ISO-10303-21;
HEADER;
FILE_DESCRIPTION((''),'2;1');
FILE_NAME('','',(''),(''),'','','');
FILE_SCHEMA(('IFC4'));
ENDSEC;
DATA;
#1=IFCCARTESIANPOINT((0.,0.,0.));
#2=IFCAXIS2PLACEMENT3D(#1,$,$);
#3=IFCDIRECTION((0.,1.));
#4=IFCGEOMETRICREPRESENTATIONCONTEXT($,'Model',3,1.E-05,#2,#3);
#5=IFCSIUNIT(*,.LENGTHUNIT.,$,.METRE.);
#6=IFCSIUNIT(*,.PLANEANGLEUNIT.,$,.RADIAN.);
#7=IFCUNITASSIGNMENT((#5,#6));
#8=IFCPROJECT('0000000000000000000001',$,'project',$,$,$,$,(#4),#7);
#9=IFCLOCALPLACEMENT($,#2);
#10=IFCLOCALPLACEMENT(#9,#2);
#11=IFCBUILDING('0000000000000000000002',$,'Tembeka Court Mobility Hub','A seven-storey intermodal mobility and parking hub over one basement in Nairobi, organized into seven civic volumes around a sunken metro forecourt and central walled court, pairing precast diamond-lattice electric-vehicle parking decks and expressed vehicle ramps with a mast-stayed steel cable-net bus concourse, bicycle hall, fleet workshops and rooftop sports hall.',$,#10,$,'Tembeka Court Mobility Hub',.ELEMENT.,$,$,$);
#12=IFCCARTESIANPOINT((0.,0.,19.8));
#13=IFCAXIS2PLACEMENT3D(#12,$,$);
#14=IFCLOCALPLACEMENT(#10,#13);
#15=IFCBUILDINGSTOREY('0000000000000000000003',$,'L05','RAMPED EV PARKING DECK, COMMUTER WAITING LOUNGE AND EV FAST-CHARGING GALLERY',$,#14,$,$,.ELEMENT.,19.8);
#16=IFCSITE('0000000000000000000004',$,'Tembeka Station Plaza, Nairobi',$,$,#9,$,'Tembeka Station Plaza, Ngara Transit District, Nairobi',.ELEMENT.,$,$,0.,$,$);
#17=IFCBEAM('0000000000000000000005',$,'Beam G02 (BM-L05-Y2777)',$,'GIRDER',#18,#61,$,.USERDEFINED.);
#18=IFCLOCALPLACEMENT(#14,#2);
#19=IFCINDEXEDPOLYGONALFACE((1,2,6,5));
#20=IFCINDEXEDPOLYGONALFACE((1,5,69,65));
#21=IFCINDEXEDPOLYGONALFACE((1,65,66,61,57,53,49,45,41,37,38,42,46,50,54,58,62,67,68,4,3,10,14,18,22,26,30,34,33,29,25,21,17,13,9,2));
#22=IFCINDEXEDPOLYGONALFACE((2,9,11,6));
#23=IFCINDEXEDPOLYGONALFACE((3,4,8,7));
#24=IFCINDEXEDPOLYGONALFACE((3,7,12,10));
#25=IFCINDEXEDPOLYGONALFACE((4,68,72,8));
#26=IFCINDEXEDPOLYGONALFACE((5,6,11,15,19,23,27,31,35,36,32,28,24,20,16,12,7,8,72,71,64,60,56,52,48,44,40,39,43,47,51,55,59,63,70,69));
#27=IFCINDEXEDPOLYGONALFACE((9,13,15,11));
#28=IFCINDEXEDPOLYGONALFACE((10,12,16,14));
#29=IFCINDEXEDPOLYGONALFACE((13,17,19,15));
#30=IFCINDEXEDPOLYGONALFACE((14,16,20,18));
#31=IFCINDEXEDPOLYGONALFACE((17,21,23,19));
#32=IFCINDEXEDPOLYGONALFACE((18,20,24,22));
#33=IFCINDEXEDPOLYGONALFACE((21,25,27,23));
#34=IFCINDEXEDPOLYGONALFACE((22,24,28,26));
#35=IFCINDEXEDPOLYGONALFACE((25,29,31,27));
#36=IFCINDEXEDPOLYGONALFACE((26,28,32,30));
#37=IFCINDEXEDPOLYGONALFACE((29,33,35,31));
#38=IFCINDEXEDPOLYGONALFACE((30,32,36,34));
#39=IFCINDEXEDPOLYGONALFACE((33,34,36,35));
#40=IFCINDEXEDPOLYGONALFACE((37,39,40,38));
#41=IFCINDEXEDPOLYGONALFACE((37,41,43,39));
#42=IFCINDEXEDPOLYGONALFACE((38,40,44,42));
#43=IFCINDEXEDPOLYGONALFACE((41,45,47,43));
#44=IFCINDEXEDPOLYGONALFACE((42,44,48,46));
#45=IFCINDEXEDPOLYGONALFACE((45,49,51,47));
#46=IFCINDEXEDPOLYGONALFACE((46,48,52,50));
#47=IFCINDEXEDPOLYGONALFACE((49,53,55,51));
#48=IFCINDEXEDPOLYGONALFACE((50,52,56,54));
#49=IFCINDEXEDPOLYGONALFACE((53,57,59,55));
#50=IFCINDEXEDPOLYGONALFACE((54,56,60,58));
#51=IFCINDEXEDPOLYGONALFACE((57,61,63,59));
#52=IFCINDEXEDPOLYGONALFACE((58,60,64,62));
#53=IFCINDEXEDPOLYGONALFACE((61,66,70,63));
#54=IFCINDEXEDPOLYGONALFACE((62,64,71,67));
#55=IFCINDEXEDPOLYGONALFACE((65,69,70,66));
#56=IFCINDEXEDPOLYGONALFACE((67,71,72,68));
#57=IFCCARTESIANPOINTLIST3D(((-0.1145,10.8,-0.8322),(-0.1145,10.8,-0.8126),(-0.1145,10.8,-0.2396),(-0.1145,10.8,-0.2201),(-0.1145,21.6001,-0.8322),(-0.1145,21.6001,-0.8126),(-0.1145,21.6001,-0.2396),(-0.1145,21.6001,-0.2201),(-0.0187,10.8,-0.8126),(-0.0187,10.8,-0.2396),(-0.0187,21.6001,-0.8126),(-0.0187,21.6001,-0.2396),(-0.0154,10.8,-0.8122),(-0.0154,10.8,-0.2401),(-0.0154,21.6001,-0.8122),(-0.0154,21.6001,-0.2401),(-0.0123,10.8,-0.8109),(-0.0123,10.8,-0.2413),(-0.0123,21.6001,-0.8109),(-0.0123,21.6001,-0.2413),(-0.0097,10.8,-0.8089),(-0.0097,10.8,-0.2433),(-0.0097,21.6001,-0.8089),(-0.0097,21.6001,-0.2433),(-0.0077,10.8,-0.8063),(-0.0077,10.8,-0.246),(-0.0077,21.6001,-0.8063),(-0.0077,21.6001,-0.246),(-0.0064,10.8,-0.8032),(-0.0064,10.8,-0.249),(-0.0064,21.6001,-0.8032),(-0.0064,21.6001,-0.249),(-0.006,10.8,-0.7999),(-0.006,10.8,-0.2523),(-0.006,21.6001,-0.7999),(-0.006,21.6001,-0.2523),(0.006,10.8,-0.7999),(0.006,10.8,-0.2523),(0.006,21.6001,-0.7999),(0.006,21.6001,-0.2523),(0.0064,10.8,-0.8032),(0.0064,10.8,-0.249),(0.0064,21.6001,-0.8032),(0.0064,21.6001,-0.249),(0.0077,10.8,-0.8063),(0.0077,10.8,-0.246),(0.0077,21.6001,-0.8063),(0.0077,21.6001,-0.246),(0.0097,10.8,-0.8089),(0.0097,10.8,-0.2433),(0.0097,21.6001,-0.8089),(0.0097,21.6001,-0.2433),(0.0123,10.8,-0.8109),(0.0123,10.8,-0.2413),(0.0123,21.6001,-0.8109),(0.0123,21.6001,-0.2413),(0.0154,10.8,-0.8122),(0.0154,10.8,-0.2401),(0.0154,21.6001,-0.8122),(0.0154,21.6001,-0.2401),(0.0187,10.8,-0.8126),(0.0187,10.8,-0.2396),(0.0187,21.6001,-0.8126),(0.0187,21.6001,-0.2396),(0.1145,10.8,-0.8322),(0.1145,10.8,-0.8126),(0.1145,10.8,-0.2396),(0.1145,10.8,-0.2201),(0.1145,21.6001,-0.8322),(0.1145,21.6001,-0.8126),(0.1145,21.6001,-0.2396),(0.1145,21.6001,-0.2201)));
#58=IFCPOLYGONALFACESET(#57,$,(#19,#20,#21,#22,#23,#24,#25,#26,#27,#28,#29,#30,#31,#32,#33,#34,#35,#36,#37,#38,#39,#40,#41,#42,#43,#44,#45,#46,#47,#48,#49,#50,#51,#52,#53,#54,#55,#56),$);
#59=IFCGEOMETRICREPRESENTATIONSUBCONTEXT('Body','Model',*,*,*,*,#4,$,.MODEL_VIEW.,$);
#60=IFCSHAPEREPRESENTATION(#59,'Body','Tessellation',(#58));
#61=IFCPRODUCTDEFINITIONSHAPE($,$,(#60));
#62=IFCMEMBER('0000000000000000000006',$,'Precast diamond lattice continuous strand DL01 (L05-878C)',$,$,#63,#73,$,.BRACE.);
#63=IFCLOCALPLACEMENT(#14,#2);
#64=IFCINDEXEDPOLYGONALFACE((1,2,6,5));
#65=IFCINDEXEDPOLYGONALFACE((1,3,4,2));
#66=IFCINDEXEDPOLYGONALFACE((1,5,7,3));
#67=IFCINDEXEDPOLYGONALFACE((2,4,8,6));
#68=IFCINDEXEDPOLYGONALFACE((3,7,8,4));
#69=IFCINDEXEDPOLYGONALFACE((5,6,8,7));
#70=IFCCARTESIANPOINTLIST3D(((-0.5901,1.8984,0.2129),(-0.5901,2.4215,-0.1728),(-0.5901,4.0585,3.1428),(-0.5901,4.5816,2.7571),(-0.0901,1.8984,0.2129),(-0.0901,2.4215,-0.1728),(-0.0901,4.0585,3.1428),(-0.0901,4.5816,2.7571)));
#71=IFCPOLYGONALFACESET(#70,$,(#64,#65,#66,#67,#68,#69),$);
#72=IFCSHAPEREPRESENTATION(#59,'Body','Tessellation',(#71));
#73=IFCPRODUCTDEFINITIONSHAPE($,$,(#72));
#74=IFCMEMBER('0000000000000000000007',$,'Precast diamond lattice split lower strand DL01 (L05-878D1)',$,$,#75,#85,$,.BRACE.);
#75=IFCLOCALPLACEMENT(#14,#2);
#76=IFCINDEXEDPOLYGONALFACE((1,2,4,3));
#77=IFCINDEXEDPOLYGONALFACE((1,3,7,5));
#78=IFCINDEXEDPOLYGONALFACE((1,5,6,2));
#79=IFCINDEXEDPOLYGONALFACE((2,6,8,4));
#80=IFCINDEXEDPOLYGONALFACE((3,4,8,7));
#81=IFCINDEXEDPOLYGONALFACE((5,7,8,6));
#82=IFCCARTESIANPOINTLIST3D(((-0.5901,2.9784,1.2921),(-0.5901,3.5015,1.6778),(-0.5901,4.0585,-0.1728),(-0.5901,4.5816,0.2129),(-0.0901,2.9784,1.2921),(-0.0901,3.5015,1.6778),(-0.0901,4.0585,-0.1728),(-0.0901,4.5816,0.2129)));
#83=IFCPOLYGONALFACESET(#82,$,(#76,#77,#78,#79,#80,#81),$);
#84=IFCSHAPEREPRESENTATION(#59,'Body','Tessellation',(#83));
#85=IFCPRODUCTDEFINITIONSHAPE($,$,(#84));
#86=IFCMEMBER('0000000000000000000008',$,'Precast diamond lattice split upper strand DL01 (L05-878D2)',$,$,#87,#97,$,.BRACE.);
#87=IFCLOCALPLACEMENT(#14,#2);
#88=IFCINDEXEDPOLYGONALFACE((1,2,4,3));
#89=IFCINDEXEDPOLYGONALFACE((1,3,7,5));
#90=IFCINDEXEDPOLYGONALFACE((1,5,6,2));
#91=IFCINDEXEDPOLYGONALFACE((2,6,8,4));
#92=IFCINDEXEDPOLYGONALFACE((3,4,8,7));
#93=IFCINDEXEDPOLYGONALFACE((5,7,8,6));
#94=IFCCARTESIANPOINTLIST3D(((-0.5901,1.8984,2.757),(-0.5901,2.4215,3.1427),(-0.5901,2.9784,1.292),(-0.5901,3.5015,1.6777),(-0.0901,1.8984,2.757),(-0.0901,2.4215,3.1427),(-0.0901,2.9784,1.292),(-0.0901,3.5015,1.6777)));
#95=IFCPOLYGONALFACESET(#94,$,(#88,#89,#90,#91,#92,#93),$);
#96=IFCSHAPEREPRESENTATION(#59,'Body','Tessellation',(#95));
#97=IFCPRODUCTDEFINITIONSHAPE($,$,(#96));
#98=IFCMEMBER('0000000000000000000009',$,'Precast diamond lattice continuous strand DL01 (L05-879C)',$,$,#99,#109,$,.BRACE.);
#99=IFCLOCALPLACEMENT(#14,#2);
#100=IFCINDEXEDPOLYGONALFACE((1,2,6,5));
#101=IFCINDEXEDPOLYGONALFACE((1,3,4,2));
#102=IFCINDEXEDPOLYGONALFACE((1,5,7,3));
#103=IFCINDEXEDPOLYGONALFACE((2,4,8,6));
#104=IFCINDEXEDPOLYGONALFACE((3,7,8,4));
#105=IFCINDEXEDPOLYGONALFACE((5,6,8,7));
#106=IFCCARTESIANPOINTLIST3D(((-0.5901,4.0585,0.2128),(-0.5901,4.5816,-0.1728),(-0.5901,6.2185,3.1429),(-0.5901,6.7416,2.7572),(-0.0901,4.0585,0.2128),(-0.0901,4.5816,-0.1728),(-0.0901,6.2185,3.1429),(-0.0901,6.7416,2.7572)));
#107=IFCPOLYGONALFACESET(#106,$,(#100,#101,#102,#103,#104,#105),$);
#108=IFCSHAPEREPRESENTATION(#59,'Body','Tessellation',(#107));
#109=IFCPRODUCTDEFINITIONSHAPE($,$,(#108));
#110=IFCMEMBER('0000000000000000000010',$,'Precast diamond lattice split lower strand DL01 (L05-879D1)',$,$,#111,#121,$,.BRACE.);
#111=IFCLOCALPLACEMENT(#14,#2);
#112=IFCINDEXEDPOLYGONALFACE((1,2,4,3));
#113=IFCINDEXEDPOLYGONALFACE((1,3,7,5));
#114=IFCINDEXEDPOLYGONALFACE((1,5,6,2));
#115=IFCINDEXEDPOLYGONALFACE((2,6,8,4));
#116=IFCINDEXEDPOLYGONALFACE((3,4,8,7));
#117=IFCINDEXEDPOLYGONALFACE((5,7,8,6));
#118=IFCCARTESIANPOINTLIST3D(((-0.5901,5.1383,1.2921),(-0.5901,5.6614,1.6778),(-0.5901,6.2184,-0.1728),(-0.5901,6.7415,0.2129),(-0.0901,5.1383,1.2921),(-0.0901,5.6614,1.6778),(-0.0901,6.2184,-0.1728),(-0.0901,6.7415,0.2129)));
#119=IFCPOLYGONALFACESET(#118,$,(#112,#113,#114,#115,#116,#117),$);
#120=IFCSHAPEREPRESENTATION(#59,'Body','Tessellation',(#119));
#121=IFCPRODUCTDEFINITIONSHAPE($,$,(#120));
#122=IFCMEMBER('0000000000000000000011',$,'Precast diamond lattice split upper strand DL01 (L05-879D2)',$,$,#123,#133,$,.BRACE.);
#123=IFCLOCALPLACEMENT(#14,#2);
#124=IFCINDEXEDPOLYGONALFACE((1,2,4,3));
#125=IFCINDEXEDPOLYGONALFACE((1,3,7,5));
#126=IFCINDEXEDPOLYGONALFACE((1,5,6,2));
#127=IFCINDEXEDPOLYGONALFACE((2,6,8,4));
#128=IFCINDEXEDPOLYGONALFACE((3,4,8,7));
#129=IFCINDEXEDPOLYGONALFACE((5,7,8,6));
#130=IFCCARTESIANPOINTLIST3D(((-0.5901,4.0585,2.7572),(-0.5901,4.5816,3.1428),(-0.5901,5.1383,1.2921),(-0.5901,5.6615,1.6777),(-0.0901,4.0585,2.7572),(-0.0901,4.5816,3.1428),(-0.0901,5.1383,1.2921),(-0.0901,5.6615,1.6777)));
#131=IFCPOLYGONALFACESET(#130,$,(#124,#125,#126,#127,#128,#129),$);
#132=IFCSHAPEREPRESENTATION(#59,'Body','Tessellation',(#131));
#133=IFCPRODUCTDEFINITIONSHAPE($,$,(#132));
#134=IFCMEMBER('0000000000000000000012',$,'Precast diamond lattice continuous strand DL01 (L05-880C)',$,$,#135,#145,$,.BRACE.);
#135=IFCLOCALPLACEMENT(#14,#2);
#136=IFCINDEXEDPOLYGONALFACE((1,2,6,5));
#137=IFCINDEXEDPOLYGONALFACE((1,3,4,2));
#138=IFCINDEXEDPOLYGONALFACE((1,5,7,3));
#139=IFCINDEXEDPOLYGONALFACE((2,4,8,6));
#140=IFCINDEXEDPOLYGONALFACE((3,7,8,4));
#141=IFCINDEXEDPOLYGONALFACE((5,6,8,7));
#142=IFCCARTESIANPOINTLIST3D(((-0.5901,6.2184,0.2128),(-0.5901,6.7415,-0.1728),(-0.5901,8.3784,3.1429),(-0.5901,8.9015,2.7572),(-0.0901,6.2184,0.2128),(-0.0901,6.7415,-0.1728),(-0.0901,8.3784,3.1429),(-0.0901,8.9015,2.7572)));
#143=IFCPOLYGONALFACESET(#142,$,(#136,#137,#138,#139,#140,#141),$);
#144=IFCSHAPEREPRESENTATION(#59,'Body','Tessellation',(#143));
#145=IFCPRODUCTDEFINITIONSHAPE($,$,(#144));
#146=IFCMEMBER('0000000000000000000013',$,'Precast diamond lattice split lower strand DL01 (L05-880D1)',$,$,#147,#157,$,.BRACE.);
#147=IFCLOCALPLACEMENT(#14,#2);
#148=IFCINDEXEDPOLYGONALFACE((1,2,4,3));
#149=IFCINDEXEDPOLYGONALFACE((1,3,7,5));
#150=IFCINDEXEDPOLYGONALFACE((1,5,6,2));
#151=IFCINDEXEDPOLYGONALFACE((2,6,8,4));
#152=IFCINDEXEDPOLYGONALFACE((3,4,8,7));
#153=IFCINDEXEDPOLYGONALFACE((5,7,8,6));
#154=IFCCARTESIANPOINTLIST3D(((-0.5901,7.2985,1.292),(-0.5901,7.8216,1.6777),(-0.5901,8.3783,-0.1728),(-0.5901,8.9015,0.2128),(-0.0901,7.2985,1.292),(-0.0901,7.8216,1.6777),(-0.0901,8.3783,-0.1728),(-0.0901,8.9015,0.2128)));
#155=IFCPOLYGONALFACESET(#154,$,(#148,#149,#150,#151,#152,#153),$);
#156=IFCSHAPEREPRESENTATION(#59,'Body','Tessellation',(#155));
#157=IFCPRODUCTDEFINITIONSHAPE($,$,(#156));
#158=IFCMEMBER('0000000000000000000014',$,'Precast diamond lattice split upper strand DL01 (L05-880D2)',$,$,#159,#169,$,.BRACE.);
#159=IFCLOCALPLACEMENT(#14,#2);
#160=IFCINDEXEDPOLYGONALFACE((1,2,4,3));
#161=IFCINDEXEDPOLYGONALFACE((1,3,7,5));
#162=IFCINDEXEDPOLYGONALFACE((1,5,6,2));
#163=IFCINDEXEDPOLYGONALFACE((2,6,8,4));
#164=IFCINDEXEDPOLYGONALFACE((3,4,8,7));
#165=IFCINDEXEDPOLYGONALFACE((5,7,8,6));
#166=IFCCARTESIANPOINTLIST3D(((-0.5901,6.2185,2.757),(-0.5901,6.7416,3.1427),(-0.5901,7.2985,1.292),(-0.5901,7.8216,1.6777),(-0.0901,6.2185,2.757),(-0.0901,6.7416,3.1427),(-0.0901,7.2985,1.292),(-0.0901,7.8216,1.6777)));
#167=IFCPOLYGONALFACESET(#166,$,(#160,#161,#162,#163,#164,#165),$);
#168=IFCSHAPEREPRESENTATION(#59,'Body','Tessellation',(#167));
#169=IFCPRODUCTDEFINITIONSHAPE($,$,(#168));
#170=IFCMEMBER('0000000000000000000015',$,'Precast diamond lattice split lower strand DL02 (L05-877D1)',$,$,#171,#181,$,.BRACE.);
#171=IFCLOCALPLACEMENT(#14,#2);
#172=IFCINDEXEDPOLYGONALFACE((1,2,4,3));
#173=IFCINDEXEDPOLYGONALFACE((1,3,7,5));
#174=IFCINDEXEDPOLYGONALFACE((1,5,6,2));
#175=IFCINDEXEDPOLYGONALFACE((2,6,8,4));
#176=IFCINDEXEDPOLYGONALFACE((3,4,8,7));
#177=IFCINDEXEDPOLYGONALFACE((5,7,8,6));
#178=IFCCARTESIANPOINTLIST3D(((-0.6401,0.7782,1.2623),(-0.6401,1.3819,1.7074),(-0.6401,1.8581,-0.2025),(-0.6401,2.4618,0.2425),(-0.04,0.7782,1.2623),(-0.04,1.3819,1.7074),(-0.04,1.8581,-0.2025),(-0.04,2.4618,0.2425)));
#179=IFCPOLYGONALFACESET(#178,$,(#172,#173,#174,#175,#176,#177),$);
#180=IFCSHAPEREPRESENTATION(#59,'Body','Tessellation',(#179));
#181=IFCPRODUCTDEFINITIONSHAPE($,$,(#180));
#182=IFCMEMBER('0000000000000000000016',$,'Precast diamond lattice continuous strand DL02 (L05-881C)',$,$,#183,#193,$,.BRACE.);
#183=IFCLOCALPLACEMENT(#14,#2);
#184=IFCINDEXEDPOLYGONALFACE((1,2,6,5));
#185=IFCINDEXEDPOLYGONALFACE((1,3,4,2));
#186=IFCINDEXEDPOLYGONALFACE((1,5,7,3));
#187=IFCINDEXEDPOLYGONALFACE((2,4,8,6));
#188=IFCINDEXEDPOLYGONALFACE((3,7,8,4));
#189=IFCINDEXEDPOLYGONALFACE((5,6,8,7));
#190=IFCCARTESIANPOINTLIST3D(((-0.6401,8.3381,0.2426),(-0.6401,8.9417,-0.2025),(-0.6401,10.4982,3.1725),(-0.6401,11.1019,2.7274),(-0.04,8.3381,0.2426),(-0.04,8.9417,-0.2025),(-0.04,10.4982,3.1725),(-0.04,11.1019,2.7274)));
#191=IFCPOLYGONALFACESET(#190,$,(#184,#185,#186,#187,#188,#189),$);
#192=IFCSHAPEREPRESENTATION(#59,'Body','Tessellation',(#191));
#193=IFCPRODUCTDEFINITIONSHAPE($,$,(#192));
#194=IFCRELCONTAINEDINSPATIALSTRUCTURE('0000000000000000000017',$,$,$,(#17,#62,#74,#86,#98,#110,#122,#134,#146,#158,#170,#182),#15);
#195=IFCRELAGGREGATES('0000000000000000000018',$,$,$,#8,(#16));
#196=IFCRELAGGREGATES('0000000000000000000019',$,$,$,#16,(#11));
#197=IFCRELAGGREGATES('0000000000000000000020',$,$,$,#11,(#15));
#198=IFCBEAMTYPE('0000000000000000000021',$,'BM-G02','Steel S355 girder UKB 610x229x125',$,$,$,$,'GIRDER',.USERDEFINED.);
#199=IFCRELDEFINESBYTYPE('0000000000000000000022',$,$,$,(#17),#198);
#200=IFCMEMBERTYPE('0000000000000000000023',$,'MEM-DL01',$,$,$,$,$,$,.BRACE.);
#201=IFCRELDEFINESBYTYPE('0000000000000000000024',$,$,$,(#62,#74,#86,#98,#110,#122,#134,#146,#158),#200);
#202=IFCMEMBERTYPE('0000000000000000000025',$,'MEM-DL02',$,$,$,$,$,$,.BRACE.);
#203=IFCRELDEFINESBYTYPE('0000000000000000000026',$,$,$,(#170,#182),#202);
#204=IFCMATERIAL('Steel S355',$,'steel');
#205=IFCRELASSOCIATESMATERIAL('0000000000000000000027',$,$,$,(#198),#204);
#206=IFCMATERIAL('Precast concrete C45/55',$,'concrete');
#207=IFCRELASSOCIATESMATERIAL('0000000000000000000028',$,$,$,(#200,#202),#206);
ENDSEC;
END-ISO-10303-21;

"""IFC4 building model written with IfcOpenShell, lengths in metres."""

from ifc_helpers import new_model, si_unit, direction, frame, origin, origin_2d, place, context, subcontext, project, spatial, rectangle, i_section, extrude, material, material_profile, profile_set, type_object, element, save


model = new_model("IFC4")

# Units and contexts
model_context = context("Model", 3, precision=1e-05, world=origin(), true_north=direction((0.0, 1.0)))
body_context = subcontext(model_context, "Body", "Model", "MODEL_VIEW")
ifc_project = project(units=[si_unit("LENGTHUNIT", "METRE"), si_unit("PLANEANGLEUNIT", "RADIAN")], contexts=[model_context])

# Site, building, storey
site_placement = place(None, origin())
site = spatial("IfcSite", under=ifc_project, at=site_placement, Name="Tembeka Station Plaza, Nairobi", LongName="Tembeka Station Plaza, Ngara Transit District, Nairobi", CompositionType="ELEMENT", RefElevation=0.0)
building_placement = place(site_placement, origin())
building = spatial("IfcBuilding", under=site, at=building_placement, Name="Tembeka Court Mobility Hub", Description="A seven-storey intermodal mobility and parking hub over one basement in Nairobi, organized into seven civic volumes around a sunken metro forecourt and central walled court, pairing precast diamond-lattice electric-vehicle parking decks and expressed vehicle ramps with a mast-stayed steel cable-net bus concourse, bicycle hall, fleet workshops and rooftop sports hall.", LongName="Tembeka Court Mobility Hub", CompositionType="ELEMENT")
storey_placement = place(building_placement, frame((0.0, 0.0, 19.8)))
storey = spatial("IfcBuildingStorey", under=building, at=storey_placement, Name="L05", Description="RAMPED EV PARKING DECK, COMMUTER WAITING LOUNGE AND EV FAST-CHARGING GALLERY", CompositionType="ELEMENT", Elevation=19.8)

# Shared definitions
ifc_material_1 = material(Name="Steel S355", Category="steel")

# Beam
ifc_material_profile_1 = material_profile(ifc_material_1, i_section(OverallWidth=0.229, OverallDepth=0.6121, WebThickness=0.012, FlangeThickness=0.0195, FilletRadius=0.0127, at=origin_2d()), Name="UKB 610x229x125")
ifc_profile_set_1 = profile_set([ifc_material_profile_1], Name="Steel S355")
beam_type_1 = type_object("IfcBeamType", Name="BM-G02", Description="Steel S355 girder UKB 610x229x125", ElementType="GIRDER", PredefinedType="USERDEFINED", material=ifc_profile_set_1)
beam_1_placement = place(storey_placement, frame((0.0, 10.8, -0.5261), z_axis=(0.0, 1.0, 0.0), x_axis=(-1.0, 0.0, 0.0)))
element("IfcBeam", 1, at=beam_1_placement, inside=storey, type_object=beam_type_1, Name="Beam G02 (BM-L05-Y2777)", ObjectType="GIRDER", PredefinedType="USERDEFINED", context=body_context, shape_type="SweptSolid", body=[
    extrude(i_section(OverallWidth=0.229, OverallDepth=0.6121, WebThickness=0.012, FlangeThickness=0.0195, FilletRadius=0.0127, at=origin_2d()), origin(), (0.0, 0.0, 1.0), 10.8),
])

# Members
ifc_material_2 = material(Name="Precast concrete C45/55", Category="concrete")
ifc_material_profile_2 = material_profile(ifc_material_2, rectangle(XDim=0.5, YDim=0.6499, at=origin_2d()), Name="PC-DIAG 500x650")
ifc_profile_set_2 = profile_set([ifc_material_profile_2], Name="Precast concrete C45/55")
member_type_1 = type_object("IfcMemberType", Name="MEM-DL01", PredefinedType="BRACE", material=ifc_profile_set_2)
member_1_placement = place(storey_placement, frame((-0.3401, 2.1599, 0.02), z_axis=(0.0, 0.593423, 0.804891), x_axis=(-1.0, 0.0, 0.0)))
element("IfcMember", 2, at=member_1_placement, inside=storey, type_object=member_type_1, Name="Precast diamond lattice continuous strand DL01 (L05-878C)", PredefinedType="BRACE", context=body_context, shape_type="SweptSolid", body=[
    extrude(rectangle(XDim=0.5, YDim=0.6499, at=origin_2d()), origin(), (0.0, 0.0, 1.0), 3.6401),
])
for number, where, z_axis, x_axis, name in (
    (3, (-0.3401, 4.3201, 0.02), (0.0, -0.593455, 0.804867), (1.0, 0.0, 0.0), "Precast diamond lattice split lower strand DL01 (L05-878D1)"),
    (4, (-0.3401, 3.24, 1.4849), (0.0, -0.593391, 0.804914), (1.0, 0.0, 0.0), "Precast diamond lattice split upper strand DL01 (L05-878D2)"),
):
    element("IfcMember", number, at=place(storey_placement, frame(where, z_axis=z_axis, x_axis=x_axis)), inside=storey, type_object=member_type_1, Name=name, PredefinedType="BRACE", context=body_context, shape_type="SweptSolid", body=[
        extrude(rectangle(XDim=0.5, YDim=0.6499, at=origin_2d()), origin(), (0.0, 0.0, 1.0), 1.8201),
    ])
member_2_placement = place(storey_placement, frame((-0.3401, 4.3201, 0.02), z_axis=(0.0, 0.59338, 0.804923), x_axis=(-1.0, 0.0, 0.0)))
element("IfcMember", 5, at=member_2_placement, inside=storey, type_object=member_type_1, Name="Precast diamond lattice continuous strand DL01 (L05-879C)", PredefinedType="BRACE", context=body_context, shape_type="SweptSolid", body=[
    extrude(rectangle(XDim=0.5, YDim=0.6499, at=origin_2d()), origin(), (0.0, 0.0, 1.0), 3.6401),
])
for number, where, z_axis, x_axis, name in (
    (6, (-0.3401, 6.48, 0.02), (0.0, -0.593455, 0.804867), (1.0, 0.0, 0.0), "Precast diamond lattice split lower strand DL01 (L05-879D1)"),
    (7, (-0.3401, 5.3999, 1.4849), (0.0, -0.593304, 0.804978), (1.0, 0.0, 0.0), "Precast diamond lattice split upper strand DL01 (L05-879D2)"),
):
    element("IfcMember", number, at=place(storey_placement, frame(where, z_axis=z_axis, x_axis=x_axis)), inside=storey, type_object=member_type_1, Name=name, PredefinedType="BRACE", context=body_context, shape_type="SweptSolid", body=[
        extrude(rectangle(XDim=0.5, YDim=0.6499, at=origin_2d()), origin(), (0.0, 0.0, 1.0), 1.8201),
    ])
member_3_placement = place(storey_placement, frame((-0.3401, 6.48, 0.02), z_axis=(0.0, 0.59338, 0.804923), x_axis=(-1.0, 0.0, 0.0)))
element("IfcMember", 8, at=member_3_placement, inside=storey, type_object=member_type_1, Name="Precast diamond lattice continuous strand DL01 (L05-880C)", PredefinedType="BRACE", context=body_context, shape_type="SweptSolid", body=[
    extrude(rectangle(XDim=0.5, YDim=0.6499, at=origin_2d()), origin(), (0.0, 0.0, 1.0), 3.6401),
])
member_4_placement = place(storey_placement, frame((-0.3401, 8.6399, 0.02), z_axis=(0.0, -0.593368, 0.804931), x_axis=(1.0, 0.0, 0.0)))
element("IfcMember", 9, at=member_4_placement, inside=storey, type_object=member_type_1, Name="Precast diamond lattice split lower strand DL01 (L05-880D1)", PredefinedType="BRACE", context=body_context, shape_type="SweptSolid", body=[
    extrude(rectangle(XDim=0.5, YDim=0.6499, at=origin_2d()), origin(), (0.0, 0.0, 1.0), 1.8198),
])
member_5_placement = place(storey_placement, frame((-0.3401, 7.5601, 1.4849), z_axis=(0.0, -0.593391, 0.804914), x_axis=(1.0, 0.0, 0.0)))
element("IfcMember", 10, at=member_5_placement, inside=storey, type_object=member_type_1, Name="Precast diamond lattice split upper strand DL01 (L05-880D2)", PredefinedType="BRACE", context=body_context, shape_type="SweptSolid", body=[
    extrude(rectangle(XDim=0.5, YDim=0.6499, at=origin_2d()), origin(), (0.0, 0.0, 1.0), 1.8201),
])
ifc_material_profile_3 = material_profile(ifc_material_2, rectangle(XDim=0.6001, YDim=0.75, at=origin_2d()), Name="PC-DIAG 600x750")
ifc_profile_set_3 = profile_set([ifc_material_profile_3], Name="Precast concrete C45/55")
member_type_2 = type_object("IfcMemberType", Name="MEM-DL02", PredefinedType="BRACE", material=ifc_profile_set_3)
member_6_placement = place(storey_placement, frame((-0.3401, 2.1599, 0.02), z_axis=(0.0, -0.593368, 0.804931), x_axis=(1.0, 0.0, 0.0)))
element("IfcMember", 11, at=member_6_placement, inside=storey, type_object=member_type_2, Name="Precast diamond lattice split lower strand DL02 (L05-877D1)", PredefinedType="BRACE", context=body_context, shape_type="SweptSolid", body=[
    extrude(rectangle(XDim=0.6001, YDim=0.75, at=origin_2d()), origin(), (0.0, 0.0, 1.0), 1.8198),
])
member_7_placement = place(storey_placement, frame((-0.3401, 8.6399, 0.02), z_axis=(0.0, 0.593423, 0.804891), x_axis=(-1.0, 0.0, 0.0)))
element("IfcMember", 12, at=member_7_placement, inside=storey, type_object=member_type_2, Name="Precast diamond lattice continuous strand DL02 (L05-881C)", PredefinedType="BRACE", context=body_context, shape_type="SweptSolid", body=[
    extrude(rectangle(XDim=0.6001, YDim=0.75, at=origin_2d()), origin(), (0.0, 0.0, 1.0), 3.6401),
])

save(model, "model.ifc")
